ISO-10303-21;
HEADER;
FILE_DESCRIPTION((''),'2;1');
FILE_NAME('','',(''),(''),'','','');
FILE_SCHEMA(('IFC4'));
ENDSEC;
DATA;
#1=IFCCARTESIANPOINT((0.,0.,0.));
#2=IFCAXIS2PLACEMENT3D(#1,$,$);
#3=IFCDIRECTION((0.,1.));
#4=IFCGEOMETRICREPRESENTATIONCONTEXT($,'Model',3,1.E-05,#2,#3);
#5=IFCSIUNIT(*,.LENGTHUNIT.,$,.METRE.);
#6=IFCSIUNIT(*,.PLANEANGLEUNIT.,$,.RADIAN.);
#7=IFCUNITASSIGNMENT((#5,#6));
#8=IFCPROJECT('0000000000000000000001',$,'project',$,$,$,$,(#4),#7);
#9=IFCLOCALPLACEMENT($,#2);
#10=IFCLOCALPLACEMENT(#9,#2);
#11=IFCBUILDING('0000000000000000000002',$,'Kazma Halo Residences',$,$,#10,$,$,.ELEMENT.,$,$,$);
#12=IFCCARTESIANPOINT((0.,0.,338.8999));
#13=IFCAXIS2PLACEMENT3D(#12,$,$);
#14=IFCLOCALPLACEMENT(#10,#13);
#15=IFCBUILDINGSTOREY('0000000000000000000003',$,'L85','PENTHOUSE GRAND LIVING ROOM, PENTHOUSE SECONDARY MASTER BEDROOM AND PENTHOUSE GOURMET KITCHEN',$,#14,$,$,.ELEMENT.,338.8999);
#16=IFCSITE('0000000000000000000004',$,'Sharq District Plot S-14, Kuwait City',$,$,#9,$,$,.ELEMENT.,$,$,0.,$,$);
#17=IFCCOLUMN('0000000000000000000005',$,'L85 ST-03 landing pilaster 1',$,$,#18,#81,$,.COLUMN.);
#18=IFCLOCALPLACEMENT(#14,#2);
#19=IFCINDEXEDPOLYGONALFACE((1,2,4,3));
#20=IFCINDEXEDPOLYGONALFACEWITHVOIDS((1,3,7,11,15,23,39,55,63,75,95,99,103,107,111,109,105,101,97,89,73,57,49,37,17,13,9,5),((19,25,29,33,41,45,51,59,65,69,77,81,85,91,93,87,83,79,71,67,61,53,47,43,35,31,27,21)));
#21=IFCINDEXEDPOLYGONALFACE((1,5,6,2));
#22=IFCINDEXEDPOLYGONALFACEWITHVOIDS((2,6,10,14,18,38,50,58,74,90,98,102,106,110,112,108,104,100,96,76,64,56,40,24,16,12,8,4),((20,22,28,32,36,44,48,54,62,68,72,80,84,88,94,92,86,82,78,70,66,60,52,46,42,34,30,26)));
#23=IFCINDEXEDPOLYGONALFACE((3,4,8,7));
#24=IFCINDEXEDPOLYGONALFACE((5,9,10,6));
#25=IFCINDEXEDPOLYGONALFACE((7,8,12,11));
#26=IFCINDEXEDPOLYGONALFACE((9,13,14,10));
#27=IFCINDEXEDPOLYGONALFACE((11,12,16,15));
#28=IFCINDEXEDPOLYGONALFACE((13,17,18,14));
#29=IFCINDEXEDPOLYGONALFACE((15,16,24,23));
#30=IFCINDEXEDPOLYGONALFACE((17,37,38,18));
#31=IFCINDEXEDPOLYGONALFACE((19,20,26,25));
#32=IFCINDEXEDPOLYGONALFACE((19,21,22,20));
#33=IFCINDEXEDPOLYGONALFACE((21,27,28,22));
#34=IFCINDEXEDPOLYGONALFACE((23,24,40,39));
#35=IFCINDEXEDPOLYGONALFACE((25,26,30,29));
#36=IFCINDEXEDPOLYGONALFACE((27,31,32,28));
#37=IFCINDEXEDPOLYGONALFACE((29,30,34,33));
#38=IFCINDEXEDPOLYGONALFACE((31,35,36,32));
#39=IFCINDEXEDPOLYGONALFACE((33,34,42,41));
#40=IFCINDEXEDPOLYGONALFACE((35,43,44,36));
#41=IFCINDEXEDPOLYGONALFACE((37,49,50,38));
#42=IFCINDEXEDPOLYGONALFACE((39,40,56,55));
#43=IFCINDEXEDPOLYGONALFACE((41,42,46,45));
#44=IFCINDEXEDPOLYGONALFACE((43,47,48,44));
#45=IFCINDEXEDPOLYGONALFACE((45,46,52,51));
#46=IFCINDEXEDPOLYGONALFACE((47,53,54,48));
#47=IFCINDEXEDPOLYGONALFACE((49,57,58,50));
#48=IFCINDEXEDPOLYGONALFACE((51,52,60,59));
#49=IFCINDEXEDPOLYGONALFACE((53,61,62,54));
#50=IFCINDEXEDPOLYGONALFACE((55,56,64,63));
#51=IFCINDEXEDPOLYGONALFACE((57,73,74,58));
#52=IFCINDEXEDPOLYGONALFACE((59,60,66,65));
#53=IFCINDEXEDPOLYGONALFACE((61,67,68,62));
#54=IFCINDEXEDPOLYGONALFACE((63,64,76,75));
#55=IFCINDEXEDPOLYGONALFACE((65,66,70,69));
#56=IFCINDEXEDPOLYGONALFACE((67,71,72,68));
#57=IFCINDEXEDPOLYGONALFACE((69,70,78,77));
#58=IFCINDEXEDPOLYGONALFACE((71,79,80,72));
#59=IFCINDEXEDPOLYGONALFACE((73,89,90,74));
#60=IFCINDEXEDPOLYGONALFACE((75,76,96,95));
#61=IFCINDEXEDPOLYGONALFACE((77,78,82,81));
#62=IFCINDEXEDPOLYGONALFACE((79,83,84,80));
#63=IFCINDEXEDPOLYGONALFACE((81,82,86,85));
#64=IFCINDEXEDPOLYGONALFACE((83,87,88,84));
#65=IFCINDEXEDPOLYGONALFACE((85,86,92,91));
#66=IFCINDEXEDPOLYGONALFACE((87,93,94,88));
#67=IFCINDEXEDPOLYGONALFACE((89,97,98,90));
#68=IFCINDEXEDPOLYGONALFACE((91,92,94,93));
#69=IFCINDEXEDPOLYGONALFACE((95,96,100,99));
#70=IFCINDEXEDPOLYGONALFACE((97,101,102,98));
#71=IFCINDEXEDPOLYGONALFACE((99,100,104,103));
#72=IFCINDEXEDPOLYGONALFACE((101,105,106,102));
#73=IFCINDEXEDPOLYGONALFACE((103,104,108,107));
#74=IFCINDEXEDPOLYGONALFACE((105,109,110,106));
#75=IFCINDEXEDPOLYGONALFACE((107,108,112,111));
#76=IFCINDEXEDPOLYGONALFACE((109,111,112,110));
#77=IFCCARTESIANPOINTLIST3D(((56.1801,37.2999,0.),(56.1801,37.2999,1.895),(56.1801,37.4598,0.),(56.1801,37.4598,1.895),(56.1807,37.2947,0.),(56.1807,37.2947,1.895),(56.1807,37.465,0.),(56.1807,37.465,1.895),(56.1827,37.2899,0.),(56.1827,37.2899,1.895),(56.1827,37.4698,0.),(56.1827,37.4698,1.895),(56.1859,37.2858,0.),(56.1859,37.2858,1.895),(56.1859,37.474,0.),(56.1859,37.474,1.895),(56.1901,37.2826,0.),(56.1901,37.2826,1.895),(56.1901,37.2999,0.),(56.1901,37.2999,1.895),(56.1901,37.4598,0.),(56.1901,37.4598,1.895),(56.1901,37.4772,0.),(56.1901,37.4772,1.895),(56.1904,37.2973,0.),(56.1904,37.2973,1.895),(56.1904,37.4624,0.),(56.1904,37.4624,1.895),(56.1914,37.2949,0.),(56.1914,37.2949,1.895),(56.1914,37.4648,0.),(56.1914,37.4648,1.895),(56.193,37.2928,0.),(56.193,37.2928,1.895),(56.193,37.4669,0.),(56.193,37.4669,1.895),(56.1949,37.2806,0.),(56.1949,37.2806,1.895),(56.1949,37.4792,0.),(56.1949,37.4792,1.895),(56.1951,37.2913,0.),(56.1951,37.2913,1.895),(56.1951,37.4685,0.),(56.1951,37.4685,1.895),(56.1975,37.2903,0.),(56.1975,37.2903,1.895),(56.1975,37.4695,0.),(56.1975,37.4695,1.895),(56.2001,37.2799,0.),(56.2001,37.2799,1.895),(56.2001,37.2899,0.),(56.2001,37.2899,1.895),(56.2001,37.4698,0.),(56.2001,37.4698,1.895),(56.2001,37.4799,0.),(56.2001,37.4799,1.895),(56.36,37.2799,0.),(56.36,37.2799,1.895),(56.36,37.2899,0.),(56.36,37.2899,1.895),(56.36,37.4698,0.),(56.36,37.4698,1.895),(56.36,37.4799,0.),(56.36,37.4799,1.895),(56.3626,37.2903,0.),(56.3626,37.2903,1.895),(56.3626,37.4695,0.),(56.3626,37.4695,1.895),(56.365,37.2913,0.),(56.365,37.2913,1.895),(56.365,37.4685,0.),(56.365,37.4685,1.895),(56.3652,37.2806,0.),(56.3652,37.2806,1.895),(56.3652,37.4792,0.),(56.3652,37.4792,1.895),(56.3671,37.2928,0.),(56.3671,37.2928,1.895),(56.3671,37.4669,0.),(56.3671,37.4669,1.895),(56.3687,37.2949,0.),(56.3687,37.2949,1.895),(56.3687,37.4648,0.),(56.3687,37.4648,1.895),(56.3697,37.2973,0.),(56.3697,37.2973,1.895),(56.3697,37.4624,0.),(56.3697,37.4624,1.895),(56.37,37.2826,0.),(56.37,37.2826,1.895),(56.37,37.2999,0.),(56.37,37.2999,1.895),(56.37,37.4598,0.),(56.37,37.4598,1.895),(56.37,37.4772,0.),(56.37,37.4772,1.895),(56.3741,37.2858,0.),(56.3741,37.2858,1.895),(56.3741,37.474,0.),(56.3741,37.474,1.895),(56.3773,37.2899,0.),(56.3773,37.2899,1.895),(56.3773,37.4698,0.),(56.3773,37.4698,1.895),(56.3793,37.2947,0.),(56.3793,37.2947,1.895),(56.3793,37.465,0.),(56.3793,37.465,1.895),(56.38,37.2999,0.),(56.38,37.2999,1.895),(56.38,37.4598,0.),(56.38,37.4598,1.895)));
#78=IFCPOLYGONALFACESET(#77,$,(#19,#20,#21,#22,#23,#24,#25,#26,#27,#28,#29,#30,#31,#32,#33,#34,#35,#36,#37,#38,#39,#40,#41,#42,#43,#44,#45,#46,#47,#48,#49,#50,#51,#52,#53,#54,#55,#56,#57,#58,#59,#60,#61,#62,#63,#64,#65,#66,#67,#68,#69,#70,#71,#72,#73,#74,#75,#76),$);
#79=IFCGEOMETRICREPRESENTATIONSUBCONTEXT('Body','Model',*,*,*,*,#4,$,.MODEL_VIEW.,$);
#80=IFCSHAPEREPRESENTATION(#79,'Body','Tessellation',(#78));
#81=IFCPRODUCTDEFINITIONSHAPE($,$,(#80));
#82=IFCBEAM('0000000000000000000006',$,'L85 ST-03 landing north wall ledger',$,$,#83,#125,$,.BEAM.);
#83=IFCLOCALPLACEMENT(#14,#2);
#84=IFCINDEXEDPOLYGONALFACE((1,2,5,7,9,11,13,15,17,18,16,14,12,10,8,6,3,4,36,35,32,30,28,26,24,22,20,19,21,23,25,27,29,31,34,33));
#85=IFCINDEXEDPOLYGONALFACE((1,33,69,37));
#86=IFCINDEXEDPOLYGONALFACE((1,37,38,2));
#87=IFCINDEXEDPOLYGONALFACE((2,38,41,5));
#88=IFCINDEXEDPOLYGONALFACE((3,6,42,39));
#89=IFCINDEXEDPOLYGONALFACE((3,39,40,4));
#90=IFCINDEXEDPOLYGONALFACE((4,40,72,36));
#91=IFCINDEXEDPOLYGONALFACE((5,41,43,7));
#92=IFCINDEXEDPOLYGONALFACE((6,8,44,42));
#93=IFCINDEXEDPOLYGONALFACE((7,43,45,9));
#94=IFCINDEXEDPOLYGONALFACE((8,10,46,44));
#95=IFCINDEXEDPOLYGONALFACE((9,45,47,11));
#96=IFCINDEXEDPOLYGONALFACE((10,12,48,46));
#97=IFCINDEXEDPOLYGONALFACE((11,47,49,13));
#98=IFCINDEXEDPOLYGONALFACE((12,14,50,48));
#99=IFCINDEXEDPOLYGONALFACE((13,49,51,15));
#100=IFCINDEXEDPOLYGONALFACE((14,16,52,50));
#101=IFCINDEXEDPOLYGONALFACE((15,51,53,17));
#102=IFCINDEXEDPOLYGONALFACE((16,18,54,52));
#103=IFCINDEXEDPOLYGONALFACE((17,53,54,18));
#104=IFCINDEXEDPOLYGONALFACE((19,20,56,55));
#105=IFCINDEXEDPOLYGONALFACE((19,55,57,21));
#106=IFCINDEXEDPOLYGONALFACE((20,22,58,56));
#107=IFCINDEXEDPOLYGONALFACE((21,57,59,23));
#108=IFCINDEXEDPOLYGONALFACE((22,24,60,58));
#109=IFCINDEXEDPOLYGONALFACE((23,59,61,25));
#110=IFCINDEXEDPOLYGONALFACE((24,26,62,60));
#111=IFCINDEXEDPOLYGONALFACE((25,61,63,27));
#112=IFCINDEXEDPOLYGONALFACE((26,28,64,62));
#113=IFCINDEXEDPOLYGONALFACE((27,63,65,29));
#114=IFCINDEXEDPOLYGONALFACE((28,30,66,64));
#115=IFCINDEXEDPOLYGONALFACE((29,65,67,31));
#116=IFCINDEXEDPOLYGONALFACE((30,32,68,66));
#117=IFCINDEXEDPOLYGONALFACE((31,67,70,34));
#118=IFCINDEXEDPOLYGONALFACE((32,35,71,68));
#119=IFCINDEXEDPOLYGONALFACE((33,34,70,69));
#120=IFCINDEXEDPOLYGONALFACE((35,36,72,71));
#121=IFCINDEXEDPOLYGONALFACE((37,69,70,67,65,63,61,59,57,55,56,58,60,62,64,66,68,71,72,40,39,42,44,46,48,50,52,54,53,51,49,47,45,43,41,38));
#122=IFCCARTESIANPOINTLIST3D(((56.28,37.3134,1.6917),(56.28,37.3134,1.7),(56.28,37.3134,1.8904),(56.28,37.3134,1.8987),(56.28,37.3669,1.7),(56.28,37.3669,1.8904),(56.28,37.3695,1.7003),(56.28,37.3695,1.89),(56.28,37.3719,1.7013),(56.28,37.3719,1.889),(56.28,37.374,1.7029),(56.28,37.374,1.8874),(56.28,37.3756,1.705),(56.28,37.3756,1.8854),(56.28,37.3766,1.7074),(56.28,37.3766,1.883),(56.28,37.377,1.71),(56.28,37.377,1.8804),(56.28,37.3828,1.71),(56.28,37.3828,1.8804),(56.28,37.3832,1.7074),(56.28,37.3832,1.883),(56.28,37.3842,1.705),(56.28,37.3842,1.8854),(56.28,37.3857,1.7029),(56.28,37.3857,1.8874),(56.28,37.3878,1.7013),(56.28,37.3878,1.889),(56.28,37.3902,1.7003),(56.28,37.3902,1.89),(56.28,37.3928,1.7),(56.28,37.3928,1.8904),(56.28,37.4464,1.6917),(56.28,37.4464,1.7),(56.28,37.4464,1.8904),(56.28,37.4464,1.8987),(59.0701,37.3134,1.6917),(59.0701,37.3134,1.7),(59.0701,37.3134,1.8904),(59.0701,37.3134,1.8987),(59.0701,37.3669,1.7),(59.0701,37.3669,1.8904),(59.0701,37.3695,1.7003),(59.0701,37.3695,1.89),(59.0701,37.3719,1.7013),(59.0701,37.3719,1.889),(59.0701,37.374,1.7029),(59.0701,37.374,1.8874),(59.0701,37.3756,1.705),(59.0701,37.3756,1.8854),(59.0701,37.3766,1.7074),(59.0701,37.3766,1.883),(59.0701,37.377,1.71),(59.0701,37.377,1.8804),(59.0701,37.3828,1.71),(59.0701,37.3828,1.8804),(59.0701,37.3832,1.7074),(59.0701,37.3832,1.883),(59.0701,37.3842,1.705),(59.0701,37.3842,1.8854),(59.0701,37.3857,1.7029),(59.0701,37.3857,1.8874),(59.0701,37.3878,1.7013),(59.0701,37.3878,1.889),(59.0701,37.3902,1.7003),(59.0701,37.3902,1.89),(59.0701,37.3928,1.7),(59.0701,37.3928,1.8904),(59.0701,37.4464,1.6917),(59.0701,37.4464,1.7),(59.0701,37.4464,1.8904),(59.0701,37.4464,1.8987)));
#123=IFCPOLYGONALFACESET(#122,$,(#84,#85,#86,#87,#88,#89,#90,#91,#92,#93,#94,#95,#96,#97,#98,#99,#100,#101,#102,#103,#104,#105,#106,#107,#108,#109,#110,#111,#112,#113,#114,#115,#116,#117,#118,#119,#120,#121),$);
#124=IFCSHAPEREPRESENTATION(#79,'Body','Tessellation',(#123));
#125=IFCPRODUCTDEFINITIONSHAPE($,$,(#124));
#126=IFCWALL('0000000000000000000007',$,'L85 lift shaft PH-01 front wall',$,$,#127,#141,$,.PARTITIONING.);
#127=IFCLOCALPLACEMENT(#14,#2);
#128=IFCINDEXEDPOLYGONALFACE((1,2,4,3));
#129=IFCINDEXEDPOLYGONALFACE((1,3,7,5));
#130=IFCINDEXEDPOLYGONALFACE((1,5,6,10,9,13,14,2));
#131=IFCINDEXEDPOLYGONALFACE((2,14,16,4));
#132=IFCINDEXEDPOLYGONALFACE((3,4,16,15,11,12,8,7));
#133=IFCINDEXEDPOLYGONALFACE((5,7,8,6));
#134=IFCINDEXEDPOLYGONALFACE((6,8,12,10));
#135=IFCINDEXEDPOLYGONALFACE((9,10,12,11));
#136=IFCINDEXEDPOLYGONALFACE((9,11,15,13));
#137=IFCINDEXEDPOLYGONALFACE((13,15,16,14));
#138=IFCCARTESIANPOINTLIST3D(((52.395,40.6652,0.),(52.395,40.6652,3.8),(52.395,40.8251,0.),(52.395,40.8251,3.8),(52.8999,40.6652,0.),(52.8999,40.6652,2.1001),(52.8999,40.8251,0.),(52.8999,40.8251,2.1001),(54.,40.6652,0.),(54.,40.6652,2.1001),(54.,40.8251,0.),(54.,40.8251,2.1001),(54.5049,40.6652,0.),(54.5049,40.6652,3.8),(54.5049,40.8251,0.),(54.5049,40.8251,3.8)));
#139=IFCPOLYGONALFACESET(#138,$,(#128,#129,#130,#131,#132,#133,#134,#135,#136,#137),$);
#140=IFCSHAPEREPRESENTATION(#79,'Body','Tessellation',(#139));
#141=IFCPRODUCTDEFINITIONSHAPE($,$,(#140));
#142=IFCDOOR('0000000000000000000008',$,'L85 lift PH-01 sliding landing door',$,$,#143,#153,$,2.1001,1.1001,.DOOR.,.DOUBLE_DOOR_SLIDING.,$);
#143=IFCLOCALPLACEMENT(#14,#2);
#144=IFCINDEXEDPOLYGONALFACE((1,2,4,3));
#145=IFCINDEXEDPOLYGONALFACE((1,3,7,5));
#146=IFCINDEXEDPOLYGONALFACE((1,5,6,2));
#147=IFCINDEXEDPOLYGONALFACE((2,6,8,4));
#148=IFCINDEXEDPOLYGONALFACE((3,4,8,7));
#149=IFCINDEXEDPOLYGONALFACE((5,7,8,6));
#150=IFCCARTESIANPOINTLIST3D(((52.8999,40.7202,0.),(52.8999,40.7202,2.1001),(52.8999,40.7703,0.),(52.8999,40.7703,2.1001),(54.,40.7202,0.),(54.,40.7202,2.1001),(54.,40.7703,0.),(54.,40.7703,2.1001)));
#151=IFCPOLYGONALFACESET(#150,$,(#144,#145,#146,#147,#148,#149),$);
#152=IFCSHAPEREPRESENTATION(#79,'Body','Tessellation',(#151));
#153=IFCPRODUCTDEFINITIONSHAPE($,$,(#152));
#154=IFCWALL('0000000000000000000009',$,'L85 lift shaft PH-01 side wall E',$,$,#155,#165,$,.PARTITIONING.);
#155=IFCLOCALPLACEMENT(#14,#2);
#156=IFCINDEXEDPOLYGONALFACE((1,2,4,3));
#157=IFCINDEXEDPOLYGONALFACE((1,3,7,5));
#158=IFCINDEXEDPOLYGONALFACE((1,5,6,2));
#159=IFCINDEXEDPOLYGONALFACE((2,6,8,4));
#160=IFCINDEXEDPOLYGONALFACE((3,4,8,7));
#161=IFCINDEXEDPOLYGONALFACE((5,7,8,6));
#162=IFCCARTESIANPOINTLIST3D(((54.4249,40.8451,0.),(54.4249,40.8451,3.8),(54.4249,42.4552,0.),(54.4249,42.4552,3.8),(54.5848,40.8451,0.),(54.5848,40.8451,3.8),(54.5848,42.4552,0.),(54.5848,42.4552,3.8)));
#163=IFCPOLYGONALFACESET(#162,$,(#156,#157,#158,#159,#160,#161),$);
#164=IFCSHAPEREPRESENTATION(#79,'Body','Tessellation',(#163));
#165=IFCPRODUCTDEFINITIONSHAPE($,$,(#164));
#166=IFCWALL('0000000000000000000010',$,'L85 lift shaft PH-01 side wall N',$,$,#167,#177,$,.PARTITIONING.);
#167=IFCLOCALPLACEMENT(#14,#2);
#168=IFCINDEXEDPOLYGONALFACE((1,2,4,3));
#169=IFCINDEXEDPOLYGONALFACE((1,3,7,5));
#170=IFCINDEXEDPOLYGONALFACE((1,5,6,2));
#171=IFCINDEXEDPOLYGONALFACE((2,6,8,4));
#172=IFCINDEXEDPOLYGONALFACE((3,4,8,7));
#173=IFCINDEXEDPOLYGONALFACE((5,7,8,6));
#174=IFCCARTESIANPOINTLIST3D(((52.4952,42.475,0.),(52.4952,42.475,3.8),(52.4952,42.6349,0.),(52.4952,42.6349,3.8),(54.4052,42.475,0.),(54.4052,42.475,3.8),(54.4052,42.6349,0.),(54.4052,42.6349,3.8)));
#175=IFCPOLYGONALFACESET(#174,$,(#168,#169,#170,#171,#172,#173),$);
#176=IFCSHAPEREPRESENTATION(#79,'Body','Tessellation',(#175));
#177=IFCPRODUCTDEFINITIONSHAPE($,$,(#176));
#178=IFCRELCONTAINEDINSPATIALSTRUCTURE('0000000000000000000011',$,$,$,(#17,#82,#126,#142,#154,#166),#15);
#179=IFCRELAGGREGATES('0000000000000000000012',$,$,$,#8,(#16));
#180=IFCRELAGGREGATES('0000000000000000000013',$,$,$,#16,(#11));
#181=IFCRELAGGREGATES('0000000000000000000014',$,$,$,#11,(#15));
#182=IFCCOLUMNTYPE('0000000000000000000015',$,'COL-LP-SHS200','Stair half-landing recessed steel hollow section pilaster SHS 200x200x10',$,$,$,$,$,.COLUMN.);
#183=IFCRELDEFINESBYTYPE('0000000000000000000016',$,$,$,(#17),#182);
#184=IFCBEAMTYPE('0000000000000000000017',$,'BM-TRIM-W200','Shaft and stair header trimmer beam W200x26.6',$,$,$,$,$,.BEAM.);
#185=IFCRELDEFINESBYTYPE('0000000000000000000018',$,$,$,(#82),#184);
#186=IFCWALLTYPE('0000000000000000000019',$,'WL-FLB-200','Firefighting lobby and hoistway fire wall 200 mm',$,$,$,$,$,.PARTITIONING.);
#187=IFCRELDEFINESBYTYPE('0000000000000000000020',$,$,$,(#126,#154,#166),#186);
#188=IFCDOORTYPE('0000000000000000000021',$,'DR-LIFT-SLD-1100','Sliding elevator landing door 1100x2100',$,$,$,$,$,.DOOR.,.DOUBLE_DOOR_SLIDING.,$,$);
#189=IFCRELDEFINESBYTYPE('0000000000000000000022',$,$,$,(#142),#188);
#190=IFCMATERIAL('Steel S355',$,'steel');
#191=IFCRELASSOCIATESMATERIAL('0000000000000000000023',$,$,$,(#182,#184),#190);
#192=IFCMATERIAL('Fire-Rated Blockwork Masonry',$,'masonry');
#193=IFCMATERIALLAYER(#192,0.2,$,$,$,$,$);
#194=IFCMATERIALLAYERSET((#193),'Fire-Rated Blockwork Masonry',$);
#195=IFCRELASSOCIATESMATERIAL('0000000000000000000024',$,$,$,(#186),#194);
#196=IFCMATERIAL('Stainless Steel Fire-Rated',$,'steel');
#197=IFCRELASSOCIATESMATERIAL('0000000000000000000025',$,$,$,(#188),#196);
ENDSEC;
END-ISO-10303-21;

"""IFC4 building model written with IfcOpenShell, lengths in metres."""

from ifc_helpers import new_model, si_unit, direction, frame, frame_2d, origin, origin_2d, place, context, subcontext, project, spatial, rectangle, hollow_rectangle, i_section, extrude, material, layer, layer_set, material_profile, profile_set, type_object, element, fill, save


model = new_model("IFC4")

# Units and contexts
model_context = context("Model", 3, precision=1e-05, world=origin(), true_north=direction((0.0, 1.0)))
body_context = subcontext(model_context, "Body", "Model", "MODEL_VIEW")
ifc_project = project(units=[si_unit("LENGTHUNIT", "METRE"), si_unit("PLANEANGLEUNIT", "RADIAN")], contexts=[model_context])

# Site, building, storey
site_placement = place(None, origin())
site = spatial("IfcSite", under=ifc_project, at=site_placement, Name="Sharq District Plot S-14, Kuwait City", CompositionType="ELEMENT", RefElevation=0.0)
building_placement = place(site_placement, origin())
building = spatial("IfcBuilding", under=site, at=building_placement, Name="Kazma Halo Residences", CompositionType="ELEMENT")
storey_placement = place(building_placement, frame((0.0, 0.0, 338.8999)))
storey = spatial("IfcBuildingStorey", under=building, at=storey_placement, Name="L85", Description="PENTHOUSE GRAND LIVING ROOM, PENTHOUSE SECONDARY MASTER BEDROOM AND PENTHOUSE GOURMET KITCHEN", CompositionType="ELEMENT", Elevation=338.8999)

# Column
ifc_material_1 = material(Name="Steel S355", Category="steel")
ifc_material_profile_1 = material_profile(ifc_material_1, hollow_rectangle(XDim=0.2, YDim=0.2, WallThickness=0.01, InnerFilletRadius=0.01, OuterFilletRadius=0.02, at=origin_2d()), Name="SHS200x200x10")
ifc_profile_set_1 = profile_set([ifc_material_profile_1], Name="Steel S355")
column_type = type_object("IfcColumnType", Name="COL-LP-SHS200", Description="Stair half-landing recessed steel hollow section pilaster SHS 200x200x10", PredefinedType="COLUMN", material=ifc_profile_set_1)
column_placement = place(storey_placement, frame((56.28, 37.3799, 0.0), z_axis=(0.0, 0.0, 1.0), x_axis=(1.0, 0.0, 0.0)))
element("IfcColumn", 1, at=column_placement, inside=storey, type_object=column_type, Name="L85 ST-03 landing pilaster 1", PredefinedType="COLUMN", context=body_context, shape_type="SweptSolid", body=[
    extrude(hollow_rectangle(XDim=0.2, YDim=0.2, WallThickness=0.01, InnerFilletRadius=0.01, OuterFilletRadius=0.02, at=origin_2d()), origin(), (0.0, 0.0, 1.0), 1.895),
])

# Beam
ifc_material_profile_2 = material_profile(ifc_material_1, i_section(OverallWidth=0.1331, OverallDepth=0.207, WebThickness=0.0059, FlangeThickness=0.0083, FilletRadius=0.01, at=origin_2d()), Name="W200x26.6")
ifc_profile_set_2 = profile_set([ifc_material_profile_2], Name="Steel S355")
beam_type = type_object("IfcBeamType", Name="BM-TRIM-W200", Description="Shaft and stair header trimmer beam W200x26.6", PredefinedType="BEAM", material=ifc_profile_set_2)
beam_placement = place(storey_placement, frame((56.28, 37.3799, 1.7952), z_axis=(1.0, 0.0, 0.0), x_axis=(0.0, 1.0, 0.0)))
element("IfcBeam", 2, at=beam_placement, inside=storey, type_object=beam_type, Name="L85 ST-03 landing north wall ledger", PredefinedType="BEAM", context=body_context, shape_type="SweptSolid", body=[
    extrude(i_section(OverallWidth=0.1331, OverallDepth=0.207, WebThickness=0.0059, FlangeThickness=0.0083, FilletRadius=0.01, at=origin_2d()), origin(), (0.0, 0.0, 1.0), 2.79),
])

# Wall, opening, door
ifc_material_2 = material(Name="Fire-Rated Blockwork Masonry", Category="masonry")
ifc_layer_1 = layer(ifc_material_2, 0.2)
ifc_layer_set_1 = layer_set([ifc_layer_1], Name="Fire-Rated Blockwork Masonry")
wall_type_1 = type_object("IfcWallType", Name="WL-FLB-200", Description="Firefighting lobby and hoistway fire wall 200 mm", PredefinedType="PARTITIONING", material=ifc_layer_set_1)
wall_1_placement = place(storey_placement, frame((54.5049, 40.7451, 0.0), z_axis=(0.0, 0.0, 1.0), x_axis=(-1.0, 0.0, 0.0)))
wall_1 = element("IfcWall", 3, at=wall_1_placement, inside=storey, type_object=wall_type_1, Name="L85 lift shaft PH-01 front wall", PredefinedType="PARTITIONING", context=body_context, shape_type="SweptSolid", body=[
    extrude(rectangle(XDim=2.1099, YDim=0.1599, at=frame_2d((1.0549, 0.0))), origin(), (0.0, 0.0, 1.0), 3.8),
])
opening_1_placement = place(wall_1_placement, frame((0.5049, 0.0, 0.0)))
opening_1 = element("IfcOpeningElement", 4, at=opening_1_placement, cuts=wall_1, PredefinedType="OPENING", context=body_context, shape_type="SweptSolid", body=[
    extrude(rectangle(XDim=1.1001, YDim=2.1001, at=frame_2d((0.55, 1.05))), frame((0.0, 0.0898, 0.0), z_axis=(0.0, -1.0, 0.0), x_axis=(1.0, 0.0, 0.0)), (0.0, 0.0, 1.0), 0.1799),
])
ifc_material_3 = material(Name="Stainless Steel Fire-Rated", Category="steel")
door_type_1 = type_object("IfcDoorType", Name="DR-LIFT-SLD-1100", Description="Sliding elevator landing door 1100x2100", OperationType="DOUBLE_DOOR_SLIDING", PredefinedType="DOOR", material=ifc_material_3)
door_1_placement = place(opening_1_placement, origin())
door_1 = element("IfcDoor", 5, at=door_1_placement, inside=storey, type_object=door_type_1, Name="L85 lift PH-01 sliding landing door", OperationType="DOUBLE_DOOR_SLIDING", OverallHeight=2.1001, OverallWidth=1.1001, PredefinedType="DOOR", context=body_context, shape_type="SweptSolid", body=[
    extrude(rectangle(XDim=1.1001, YDim=2.1001, at=frame_2d((0.55, 1.05))), frame((0.0, 0.0249, 0.0), z_axis=(0.0, -1.0, 0.0), x_axis=(1.0, 0.0, 0.0)), (0.0, 0.0, 1.0), 0.05),
])
fill(opening_1, door_1)

# Walls
wall_2_placement = place(storey_placement, frame((54.5049, 40.845, 0.0), z_axis=(0.0, 0.0, 1.0), x_axis=(0.0, 1.0, 0.0)))
element("IfcWall", 6, at=wall_2_placement, inside=storey, type_object=wall_type_1, Name="L85 lift shaft PH-01 side wall E", PredefinedType="PARTITIONING", context=body_context, shape_type="SweptSolid", body=[
    extrude(rectangle(XDim=1.6101, YDim=0.1599, at=frame_2d((0.8052, 0.0))), origin(), (0.0, 0.0, 1.0), 3.8),
])
wall_3_placement = place(storey_placement, frame((52.4951, 42.5549, 0.0), z_axis=(0.0, 0.0, 1.0), x_axis=(1.0, 0.0, 0.0)))
element("IfcWall", 7, at=wall_3_placement, inside=storey, type_object=wall_type_1, Name="L85 lift shaft PH-01 side wall N", PredefinedType="PARTITIONING", context=body_context, shape_type="SweptSolid", body=[
    extrude(rectangle(XDim=1.9099, YDim=0.1599, at=frame_2d((0.9551, 0.0))), origin(), (0.0, 0.0, 1.0), 3.8),
])

save(model, "model.ifc")
